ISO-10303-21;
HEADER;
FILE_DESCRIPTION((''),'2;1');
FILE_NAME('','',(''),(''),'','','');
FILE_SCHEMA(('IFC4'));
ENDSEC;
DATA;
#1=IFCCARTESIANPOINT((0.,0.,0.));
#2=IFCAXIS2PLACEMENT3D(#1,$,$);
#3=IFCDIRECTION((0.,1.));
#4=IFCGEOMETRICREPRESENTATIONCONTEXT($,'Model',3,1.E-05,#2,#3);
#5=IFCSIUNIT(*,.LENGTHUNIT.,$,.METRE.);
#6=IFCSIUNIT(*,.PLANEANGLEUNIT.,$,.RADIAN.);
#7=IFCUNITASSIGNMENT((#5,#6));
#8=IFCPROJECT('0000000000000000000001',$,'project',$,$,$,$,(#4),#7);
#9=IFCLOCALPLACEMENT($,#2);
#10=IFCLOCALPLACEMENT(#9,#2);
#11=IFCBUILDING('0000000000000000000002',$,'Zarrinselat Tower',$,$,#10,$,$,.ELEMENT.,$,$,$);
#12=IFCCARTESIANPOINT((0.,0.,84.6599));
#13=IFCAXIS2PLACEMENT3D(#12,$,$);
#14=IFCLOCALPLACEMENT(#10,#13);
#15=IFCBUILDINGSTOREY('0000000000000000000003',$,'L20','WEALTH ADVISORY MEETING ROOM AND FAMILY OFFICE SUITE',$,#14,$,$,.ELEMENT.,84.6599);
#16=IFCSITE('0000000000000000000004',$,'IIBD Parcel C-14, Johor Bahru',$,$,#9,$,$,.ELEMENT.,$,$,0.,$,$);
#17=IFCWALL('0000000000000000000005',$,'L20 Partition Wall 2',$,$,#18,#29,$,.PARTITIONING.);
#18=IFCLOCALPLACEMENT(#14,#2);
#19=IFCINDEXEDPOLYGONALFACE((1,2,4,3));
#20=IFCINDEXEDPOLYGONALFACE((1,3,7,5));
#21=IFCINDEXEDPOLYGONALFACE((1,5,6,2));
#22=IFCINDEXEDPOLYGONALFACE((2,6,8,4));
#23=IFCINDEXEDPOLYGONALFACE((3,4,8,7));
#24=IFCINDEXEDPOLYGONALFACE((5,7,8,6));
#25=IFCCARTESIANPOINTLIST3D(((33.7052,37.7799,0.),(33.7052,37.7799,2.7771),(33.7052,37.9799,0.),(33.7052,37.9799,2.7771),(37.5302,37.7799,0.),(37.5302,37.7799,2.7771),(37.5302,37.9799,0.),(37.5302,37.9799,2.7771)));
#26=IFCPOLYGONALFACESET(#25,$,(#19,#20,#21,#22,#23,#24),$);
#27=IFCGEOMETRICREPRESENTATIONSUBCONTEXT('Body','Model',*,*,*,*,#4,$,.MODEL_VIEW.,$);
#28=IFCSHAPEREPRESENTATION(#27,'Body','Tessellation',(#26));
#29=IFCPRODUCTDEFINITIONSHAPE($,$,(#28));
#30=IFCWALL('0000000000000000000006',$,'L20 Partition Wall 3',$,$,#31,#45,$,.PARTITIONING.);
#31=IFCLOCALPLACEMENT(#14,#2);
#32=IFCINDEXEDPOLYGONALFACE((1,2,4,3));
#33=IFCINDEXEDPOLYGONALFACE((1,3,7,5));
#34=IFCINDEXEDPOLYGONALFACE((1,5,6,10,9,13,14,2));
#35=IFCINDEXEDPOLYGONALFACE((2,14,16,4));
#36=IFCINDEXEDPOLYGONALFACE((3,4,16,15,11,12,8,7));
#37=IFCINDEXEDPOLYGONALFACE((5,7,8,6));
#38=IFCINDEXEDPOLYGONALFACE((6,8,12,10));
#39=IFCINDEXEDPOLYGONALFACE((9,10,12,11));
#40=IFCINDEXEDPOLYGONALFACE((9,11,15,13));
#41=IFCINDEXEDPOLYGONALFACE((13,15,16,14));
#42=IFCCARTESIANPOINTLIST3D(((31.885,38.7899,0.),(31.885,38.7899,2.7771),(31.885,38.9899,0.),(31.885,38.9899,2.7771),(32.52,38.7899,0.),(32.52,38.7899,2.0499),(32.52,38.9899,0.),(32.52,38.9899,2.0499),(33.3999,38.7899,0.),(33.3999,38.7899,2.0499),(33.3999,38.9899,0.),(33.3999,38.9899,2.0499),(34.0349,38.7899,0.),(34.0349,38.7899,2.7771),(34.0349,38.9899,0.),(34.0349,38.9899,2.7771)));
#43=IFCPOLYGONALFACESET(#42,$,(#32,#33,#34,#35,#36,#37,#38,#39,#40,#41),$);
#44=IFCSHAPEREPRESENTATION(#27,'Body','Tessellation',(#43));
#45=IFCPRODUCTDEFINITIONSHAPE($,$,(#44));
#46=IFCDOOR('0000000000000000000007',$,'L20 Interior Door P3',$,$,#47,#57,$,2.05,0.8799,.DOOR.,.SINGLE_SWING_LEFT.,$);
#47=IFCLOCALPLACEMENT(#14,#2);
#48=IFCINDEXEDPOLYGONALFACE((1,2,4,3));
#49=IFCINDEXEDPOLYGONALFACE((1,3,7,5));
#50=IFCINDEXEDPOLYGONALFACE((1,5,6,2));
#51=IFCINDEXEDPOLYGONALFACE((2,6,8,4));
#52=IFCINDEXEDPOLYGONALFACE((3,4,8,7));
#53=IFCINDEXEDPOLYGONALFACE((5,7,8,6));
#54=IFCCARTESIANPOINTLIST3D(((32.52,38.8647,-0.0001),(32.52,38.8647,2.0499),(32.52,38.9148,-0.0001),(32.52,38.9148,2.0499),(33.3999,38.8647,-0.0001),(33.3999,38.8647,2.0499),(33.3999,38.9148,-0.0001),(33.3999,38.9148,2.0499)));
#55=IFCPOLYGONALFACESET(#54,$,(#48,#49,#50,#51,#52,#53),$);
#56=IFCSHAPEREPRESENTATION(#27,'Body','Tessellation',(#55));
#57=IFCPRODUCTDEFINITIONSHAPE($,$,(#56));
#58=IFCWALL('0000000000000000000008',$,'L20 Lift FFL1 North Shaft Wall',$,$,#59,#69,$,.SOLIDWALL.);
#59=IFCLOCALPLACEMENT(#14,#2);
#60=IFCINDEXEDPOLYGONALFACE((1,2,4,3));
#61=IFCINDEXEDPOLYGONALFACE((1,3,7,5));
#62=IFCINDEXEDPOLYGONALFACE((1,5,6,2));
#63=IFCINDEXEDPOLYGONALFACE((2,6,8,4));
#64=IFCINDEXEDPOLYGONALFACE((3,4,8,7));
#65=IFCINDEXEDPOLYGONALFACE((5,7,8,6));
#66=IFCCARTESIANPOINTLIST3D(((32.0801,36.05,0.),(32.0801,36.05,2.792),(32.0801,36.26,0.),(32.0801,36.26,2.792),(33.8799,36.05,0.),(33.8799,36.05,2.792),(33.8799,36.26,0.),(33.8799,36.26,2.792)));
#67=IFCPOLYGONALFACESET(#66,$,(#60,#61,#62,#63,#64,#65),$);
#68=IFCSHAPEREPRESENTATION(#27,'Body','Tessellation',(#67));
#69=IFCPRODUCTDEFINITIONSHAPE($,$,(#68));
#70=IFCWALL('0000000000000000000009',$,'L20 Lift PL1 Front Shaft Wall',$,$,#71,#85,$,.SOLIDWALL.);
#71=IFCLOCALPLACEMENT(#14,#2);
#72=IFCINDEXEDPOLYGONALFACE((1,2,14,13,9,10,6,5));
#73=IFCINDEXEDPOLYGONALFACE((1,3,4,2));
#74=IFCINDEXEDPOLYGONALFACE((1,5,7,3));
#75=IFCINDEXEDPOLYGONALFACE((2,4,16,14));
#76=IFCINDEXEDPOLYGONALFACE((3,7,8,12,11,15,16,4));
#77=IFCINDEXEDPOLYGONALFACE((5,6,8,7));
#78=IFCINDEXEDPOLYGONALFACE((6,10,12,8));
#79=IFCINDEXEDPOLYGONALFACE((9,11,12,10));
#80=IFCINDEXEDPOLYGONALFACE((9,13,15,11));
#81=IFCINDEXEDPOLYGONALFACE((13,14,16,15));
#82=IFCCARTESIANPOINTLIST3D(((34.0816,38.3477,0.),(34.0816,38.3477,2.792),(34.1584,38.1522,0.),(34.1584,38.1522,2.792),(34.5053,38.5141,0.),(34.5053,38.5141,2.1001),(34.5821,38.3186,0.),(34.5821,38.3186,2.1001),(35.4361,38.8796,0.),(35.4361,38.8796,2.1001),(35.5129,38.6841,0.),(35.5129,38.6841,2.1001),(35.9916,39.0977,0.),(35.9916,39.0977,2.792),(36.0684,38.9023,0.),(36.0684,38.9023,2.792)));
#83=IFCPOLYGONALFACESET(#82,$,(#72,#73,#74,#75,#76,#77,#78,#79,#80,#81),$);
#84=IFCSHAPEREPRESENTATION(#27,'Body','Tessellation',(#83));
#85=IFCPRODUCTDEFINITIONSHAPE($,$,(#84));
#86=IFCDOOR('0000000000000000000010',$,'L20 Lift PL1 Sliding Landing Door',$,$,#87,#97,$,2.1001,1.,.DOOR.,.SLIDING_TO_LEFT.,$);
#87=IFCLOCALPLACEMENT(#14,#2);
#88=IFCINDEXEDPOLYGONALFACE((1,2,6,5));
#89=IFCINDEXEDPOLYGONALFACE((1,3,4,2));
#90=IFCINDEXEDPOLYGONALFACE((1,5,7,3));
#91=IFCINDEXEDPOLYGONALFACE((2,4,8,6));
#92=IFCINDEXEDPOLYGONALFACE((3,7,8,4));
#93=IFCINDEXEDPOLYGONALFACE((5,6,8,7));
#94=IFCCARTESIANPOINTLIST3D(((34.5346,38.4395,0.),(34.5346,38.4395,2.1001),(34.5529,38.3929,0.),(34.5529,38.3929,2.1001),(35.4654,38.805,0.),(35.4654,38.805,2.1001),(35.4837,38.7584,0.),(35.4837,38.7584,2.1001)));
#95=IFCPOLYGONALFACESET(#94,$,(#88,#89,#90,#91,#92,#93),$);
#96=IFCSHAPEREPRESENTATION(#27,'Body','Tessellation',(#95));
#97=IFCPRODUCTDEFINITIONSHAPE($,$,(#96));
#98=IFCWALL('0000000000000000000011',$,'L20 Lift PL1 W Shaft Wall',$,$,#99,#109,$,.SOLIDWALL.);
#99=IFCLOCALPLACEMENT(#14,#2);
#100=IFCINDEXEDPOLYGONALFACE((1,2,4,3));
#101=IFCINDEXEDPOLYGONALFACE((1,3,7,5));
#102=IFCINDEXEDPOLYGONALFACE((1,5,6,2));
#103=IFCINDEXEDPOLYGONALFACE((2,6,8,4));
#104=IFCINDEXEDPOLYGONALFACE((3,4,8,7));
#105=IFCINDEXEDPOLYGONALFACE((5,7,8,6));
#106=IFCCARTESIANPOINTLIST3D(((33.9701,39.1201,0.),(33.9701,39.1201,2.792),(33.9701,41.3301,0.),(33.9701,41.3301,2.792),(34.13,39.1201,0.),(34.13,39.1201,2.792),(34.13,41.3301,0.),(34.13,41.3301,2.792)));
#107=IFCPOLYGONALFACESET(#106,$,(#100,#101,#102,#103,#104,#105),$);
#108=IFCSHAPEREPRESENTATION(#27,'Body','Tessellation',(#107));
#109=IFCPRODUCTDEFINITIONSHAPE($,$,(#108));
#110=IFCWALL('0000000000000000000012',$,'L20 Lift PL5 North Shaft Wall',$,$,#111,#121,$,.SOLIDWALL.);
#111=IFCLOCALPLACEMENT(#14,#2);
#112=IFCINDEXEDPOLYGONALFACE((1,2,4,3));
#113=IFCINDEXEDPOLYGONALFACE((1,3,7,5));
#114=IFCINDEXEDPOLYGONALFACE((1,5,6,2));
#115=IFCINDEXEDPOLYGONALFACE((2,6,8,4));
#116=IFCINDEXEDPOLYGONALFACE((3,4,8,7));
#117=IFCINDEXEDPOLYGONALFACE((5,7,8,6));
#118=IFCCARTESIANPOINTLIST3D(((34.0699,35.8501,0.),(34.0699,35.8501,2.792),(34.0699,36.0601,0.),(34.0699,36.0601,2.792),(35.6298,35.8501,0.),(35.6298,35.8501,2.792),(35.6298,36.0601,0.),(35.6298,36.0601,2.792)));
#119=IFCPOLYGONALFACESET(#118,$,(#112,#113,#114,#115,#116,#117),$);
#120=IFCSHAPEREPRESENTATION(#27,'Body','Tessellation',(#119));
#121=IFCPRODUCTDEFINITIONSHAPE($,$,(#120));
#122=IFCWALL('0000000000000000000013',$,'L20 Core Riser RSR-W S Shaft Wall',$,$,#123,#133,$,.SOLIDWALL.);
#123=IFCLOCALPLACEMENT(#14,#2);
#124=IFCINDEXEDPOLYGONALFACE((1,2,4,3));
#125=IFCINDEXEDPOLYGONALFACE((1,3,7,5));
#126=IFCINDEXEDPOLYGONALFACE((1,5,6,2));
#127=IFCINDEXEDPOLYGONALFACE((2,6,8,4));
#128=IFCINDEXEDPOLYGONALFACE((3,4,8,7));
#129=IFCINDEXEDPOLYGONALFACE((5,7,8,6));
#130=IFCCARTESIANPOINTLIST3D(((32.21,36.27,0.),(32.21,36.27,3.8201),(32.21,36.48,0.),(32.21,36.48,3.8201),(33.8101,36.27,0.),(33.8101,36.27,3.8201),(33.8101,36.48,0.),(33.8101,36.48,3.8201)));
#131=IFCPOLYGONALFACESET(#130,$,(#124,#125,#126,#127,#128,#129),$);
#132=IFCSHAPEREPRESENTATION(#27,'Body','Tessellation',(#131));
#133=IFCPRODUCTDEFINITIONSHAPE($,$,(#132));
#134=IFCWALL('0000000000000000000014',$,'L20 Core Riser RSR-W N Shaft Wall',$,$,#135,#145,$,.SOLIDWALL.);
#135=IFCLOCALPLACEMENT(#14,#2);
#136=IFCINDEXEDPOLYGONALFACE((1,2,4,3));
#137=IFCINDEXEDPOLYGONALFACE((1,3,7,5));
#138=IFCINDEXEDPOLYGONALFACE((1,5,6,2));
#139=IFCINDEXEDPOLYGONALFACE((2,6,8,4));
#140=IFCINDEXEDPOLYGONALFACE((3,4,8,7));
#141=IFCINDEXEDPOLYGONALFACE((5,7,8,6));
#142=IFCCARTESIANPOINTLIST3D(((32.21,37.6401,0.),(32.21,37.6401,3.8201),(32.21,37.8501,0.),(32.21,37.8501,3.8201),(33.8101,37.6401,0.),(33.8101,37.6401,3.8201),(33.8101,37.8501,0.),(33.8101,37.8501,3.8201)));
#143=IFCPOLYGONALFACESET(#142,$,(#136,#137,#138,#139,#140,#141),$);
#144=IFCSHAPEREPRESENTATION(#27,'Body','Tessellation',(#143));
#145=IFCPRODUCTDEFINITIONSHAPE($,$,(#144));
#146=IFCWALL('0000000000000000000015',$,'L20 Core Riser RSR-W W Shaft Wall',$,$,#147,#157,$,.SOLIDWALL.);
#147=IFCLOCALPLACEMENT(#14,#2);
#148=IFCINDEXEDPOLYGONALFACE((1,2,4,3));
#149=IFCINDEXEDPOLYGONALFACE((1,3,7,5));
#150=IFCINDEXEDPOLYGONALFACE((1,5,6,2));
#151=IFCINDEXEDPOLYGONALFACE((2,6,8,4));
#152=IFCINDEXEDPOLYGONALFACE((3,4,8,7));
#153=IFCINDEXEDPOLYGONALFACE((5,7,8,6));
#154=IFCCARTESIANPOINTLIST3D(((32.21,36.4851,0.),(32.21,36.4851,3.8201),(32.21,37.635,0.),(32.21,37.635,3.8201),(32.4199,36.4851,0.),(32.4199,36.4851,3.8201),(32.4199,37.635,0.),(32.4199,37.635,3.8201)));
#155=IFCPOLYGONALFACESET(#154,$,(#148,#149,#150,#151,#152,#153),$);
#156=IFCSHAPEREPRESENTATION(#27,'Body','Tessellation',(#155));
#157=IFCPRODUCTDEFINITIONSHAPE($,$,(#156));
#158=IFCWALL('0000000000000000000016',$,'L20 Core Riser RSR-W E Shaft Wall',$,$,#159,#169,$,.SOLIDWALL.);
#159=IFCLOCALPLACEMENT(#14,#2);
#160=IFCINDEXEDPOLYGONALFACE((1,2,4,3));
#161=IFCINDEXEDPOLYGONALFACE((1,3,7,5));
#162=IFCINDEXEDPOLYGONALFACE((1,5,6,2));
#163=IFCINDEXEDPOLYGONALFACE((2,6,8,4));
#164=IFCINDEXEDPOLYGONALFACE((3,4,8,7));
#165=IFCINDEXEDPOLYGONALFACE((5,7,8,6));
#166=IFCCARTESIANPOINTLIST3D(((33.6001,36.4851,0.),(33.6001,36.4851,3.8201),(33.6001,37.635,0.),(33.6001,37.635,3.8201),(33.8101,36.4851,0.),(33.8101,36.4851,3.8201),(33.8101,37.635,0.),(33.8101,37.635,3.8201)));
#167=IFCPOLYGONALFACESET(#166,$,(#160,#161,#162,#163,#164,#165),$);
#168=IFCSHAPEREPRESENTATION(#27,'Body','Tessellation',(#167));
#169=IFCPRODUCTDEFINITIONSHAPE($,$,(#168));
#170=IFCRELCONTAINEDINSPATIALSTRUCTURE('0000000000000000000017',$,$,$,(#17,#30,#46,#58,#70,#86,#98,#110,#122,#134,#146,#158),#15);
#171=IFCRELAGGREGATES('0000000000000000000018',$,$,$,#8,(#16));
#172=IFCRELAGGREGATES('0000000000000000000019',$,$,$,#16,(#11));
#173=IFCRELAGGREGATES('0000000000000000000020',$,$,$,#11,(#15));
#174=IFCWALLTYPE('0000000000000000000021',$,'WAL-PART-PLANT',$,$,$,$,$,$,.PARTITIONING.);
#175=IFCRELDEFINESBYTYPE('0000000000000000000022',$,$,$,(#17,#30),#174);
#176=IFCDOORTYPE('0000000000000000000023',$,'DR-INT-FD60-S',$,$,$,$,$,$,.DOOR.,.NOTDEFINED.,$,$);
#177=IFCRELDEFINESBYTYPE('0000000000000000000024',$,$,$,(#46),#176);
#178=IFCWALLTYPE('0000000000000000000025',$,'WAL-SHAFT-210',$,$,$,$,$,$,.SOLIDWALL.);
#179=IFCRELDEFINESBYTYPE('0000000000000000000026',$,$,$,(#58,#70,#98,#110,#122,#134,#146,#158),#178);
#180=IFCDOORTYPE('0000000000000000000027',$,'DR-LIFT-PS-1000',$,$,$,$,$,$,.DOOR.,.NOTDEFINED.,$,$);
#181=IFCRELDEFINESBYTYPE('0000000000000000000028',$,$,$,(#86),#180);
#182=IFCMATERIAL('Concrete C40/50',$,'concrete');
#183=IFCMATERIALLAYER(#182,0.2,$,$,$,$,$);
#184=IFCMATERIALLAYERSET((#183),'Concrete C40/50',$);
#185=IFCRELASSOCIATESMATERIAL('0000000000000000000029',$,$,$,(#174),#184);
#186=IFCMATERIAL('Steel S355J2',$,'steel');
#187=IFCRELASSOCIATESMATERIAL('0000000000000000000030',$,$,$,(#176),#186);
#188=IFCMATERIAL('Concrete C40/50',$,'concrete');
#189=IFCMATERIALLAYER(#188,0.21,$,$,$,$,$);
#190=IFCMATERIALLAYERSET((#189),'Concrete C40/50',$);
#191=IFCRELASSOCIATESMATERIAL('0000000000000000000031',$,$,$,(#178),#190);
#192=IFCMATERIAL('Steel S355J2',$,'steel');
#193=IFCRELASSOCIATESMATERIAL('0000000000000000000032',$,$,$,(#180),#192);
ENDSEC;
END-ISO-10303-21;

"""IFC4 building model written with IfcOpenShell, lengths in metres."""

from ifc_helpers import new_model, si_unit, direction, frame, frame_2d, origin, place, context, subcontext, project, spatial, rectangle, extrude, material, layer, layer_set, type_object, element, fill, save


model = new_model("IFC4")

# Units and contexts
model_context = context("Model", 3, precision=1e-05, world=origin(), true_north=direction((0.0, 1.0)))
body_context = subcontext(model_context, "Body", "Model", "MODEL_VIEW")
ifc_project = project(units=[si_unit("LENGTHUNIT", "METRE"), si_unit("PLANEANGLEUNIT", "RADIAN")], contexts=[model_context])

# Site, building, storey
site_placement = place(None, origin())
site = spatial("IfcSite", under=ifc_project, at=site_placement, Name="IIBD Parcel C-14, Johor Bahru", CompositionType="ELEMENT", RefElevation=0.0)
building_placement = place(site_placement, origin())
building = spatial("IfcBuilding", under=site, at=building_placement, Name="Zarrinselat Tower", CompositionType="ELEMENT")
storey_placement = place(building_placement, frame((0.0, 0.0, 84.6599)))
storey = spatial("IfcBuildingStorey", under=building, at=storey_placement, Name="L20", Description="WEALTH ADVISORY MEETING ROOM AND FAMILY OFFICE SUITE", CompositionType="ELEMENT", Elevation=84.6599)

# Wall
ifc_material_1 = material(Name="Concrete C40/50", Category="concrete")
ifc_layer_1 = layer(ifc_material_1, 0.2)
ifc_layer_set_1 = layer_set([ifc_layer_1], Name="Concrete C40/50")
wall_type_1 = type_object("IfcWallType", Name="WAL-PART-PLANT", PredefinedType="PARTITIONING", material=ifc_layer_set_1)
wall_1_placement = place(storey_placement, frame((33.7051, 37.8799, 0.0), z_axis=(0.0, 0.0, 1.0), x_axis=(1.0, 0.0, 0.0)))
element("IfcWall", 1, at=wall_1_placement, inside=storey, type_object=wall_type_1, Name="L20 Partition Wall 2", PredefinedType="PARTITIONING", context=body_context, shape_type="SweptSolid", body=[
    extrude(rectangle(XDim=3.825, YDim=0.2, at=frame_2d((1.9126, 0.0))), origin(), (0.0, 0.0, 1.0), 2.7771),
])

# Wall, opening, door
wall_2_placement = place(storey_placement, frame((31.885, 38.8899, 0.0), z_axis=(0.0, 0.0, 1.0), x_axis=(1.0, 0.0, 0.0)))
wall_2 = element("IfcWall", 2, at=wall_2_placement, inside=storey, type_object=wall_type_1, Name="L20 Partition Wall 3", PredefinedType="PARTITIONING", context=body_context, shape_type="SweptSolid", body=[
    extrude(rectangle(XDim=2.1499, YDim=0.2, at=frame_2d((1.075, 0.0))), origin(), (0.0, 0.0, 1.0), 2.7771),
])
opening_1_placement = place(wall_2_placement, frame((0.635, 0.0, 0.0)))
opening_1 = element("IfcOpeningElement", 3, at=opening_1_placement, cuts=wall_2, PredefinedType="OPENING", context=body_context, shape_type="SweptSolid", body=[
    extrude(rectangle(XDim=0.8799, YDim=2.05, at=frame_2d((0.4399, 1.0249))), frame((0.0, 0.1099, 0.0), z_axis=(0.0, -1.0, 0.0), x_axis=(1.0, 0.0, 0.0)), (0.0, 0.0, 1.0), 0.22),
])
ifc_material_2 = material(Name="Steel S355J2", Category="steel")
door_type_1 = type_object("IfcDoorType", Name="DR-INT-FD60-S", OperationType="NOTDEFINED", PredefinedType="DOOR", material=ifc_material_2)
door_1_placement = place(opening_1_placement, origin())
door_1 = element("IfcDoor", 4, at=door_1_placement, inside=storey, type_object=door_type_1, Name="L20 Interior Door P3", OperationType="SINGLE_SWING_LEFT", OverallHeight=2.05, OverallWidth=0.8799, PredefinedType="DOOR", context=body_context, shape_type="SweptSolid", body=[
    extrude(rectangle(XDim=0.8799, YDim=2.05, at=frame_2d((0.4399, 1.0249))), frame((0.0, 0.0249, 0.0), z_axis=(0.0, -1.0, 0.0), x_axis=(1.0, 0.0, 0.0)), (0.0, 0.0, 1.0), 0.05),
])
fill(opening_1, door_1)

# Wall
ifc_material_3 = material(Name="Concrete C40/50", Category="concrete")
ifc_layer_2 = layer(ifc_material_3, 0.21)
ifc_layer_set_2 = layer_set([ifc_layer_2], Name="Concrete C40/50")
wall_type_2 = type_object("IfcWallType", Name="WAL-SHAFT-210", PredefinedType="SOLIDWALL", material=ifc_layer_set_2)
wall_3_placement = place(storey_placement, frame((32.0801, 36.155, 0.0), z_axis=(0.0, 0.0, 1.0), x_axis=(1.0, 0.0, 0.0)))
element("IfcWall", 5, at=wall_3_placement, inside=storey, type_object=wall_type_2, Name="L20 Lift FFL1 North Shaft Wall", PredefinedType="SOLIDWALL", context=body_context, shape_type="SweptSolid", body=[
    extrude(rectangle(XDim=1.7998, YDim=0.21, at=frame_2d((0.8999, 0.0))), origin(), (0.0, 0.0, 1.0), 2.792),
])

# Wall, opening, door
wall_4_placement = place(storey_placement, frame((34.1201, 38.25, 0.0), z_axis=(0.0, 0.0, 1.0), x_axis=(0.930805, 0.365516, 0.0)))
wall_4 = element("IfcWall", 6, at=wall_4_placement, inside=storey, type_object=wall_type_2, Name="L20 Lift PL1 Front Shaft Wall", PredefinedType="SOLIDWALL", context=body_context, shape_type="SweptSolid", body=[
    extrude(rectangle(XDim=2.052, YDim=0.21, at=frame_2d((1.0259, 0.0))), origin(), (0.0, 0.0, 1.0), 2.792),
])
opening_2_placement = place(wall_4_placement, frame((0.4551, 0.0, 0.0)))
opening_2 = element("IfcOpeningElement", 7, at=opening_2_placement, cuts=wall_4, PredefinedType="OPENING", context=body_context, shape_type="SweptSolid", body=[
    extrude(rectangle(XDim=1.0, YDim=2.1001, at=frame_2d((0.5, 1.05))), frame((0.0, 0.115, 0.0), z_axis=(0.0, -1.0, 0.0), x_axis=(1.0, 0.0, 0.0)), (0.0, 0.0, 1.0), 0.23),
])
ifc_material_4 = material(Name="Steel S355J2", Category="steel")
door_type_2 = type_object("IfcDoorType", Name="DR-LIFT-PS-1000", OperationType="NOTDEFINED", PredefinedType="DOOR", material=ifc_material_4)
door_2_placement = place(opening_2_placement, origin())
door_2 = element("IfcDoor", 8, at=door_2_placement, inside=storey, type_object=door_type_2, Name="L20 Lift PL1 Sliding Landing Door", OperationType="SLIDING_TO_LEFT", OverallHeight=2.1001, OverallWidth=1.0, PredefinedType="DOOR", context=body_context, shape_type="SweptSolid", body=[
    extrude(rectangle(XDim=1.0, YDim=2.1001, at=frame_2d((0.5, 1.05))), frame((0.0, 0.0249, 0.0), z_axis=(0.0, -1.0, 0.0), x_axis=(1.0, 0.0, 0.0)), (0.0, 0.0, 1.0), 0.05),
])
fill(opening_2, door_2)

# Walls
wall_5_placement = place(storey_placement, frame((34.05, 39.1201, 0.0), z_axis=(0.0, 0.0, 1.0), x_axis=(0.0, 1.0, 0.0)))
element("IfcWall", 9, at=wall_5_placement, inside=storey, type_object=wall_type_2, Name="L20 Lift PL1 W Shaft Wall", PredefinedType="SOLIDWALL", context=body_context, shape_type="SweptSolid", body=[
    extrude(rectangle(XDim=2.21, YDim=0.1599, at=frame_2d((1.105, 0.0))), origin(), (0.0, 0.0, 1.0), 2.792),
])
wall_6_placement = place(storey_placement, frame((34.0701, 35.9551, 0.0), z_axis=(0.0, 0.0, 1.0), x_axis=(1.0, 0.0, 0.0)))
element("IfcWall", 10, at=wall_6_placement, inside=storey, type_object=wall_type_2, Name="L20 Lift PL5 North Shaft Wall", PredefinedType="SOLIDWALL", context=body_context, shape_type="SweptSolid", body=[
    extrude(rectangle(XDim=1.5598, YDim=0.21, at=frame_2d((0.7798, 0.0))), origin(), (0.0, 0.0, 1.0), 2.792),
])
for number, where, z_axis, x_axis, name in (
    (11, (32.21, 36.375, 0.0), (0.0, 0.0, 1.0), (1.0, 0.0, 0.0), "L20 Core Riser RSR-W S Shaft Wall"),
    (12, (32.21, 37.7451, 0.0), (0.0, 0.0, 1.0), (1.0, 0.0, 0.0), "L20 Core Riser RSR-W N Shaft Wall"),
):
    element("IfcWall", number, at=place(storey_placement, frame(where, z_axis=z_axis, x_axis=x_axis)), inside=storey, type_object=wall_type_2, Name=name, PredefinedType="SOLIDWALL", context=body_context, shape_type="SweptSolid", body=[
        extrude(rectangle(XDim=1.6001, YDim=0.21, at=frame_2d((0.8, 0.0))), origin(), (0.0, 0.0, 1.0), 3.8201),
    ])
for number, where, z_axis, x_axis, name in (
    (13, (32.3149, 36.4851, 0.0), (0.0, 0.0, 1.0), (0.0, 1.0, 0.0), "L20 Core Riser RSR-W W Shaft Wall"),
    (14, (33.7051, 36.4851, 0.0), (0.0, 0.0, 1.0), (0.0, 1.0, 0.0), "L20 Core Riser RSR-W E Shaft Wall"),
):
    element("IfcWall", number, at=place(storey_placement, frame(where, z_axis=z_axis, x_axis=x_axis)), inside=storey, type_object=wall_type_2, Name=name, PredefinedType="SOLIDWALL", context=body_context, shape_type="SweptSolid", body=[
        extrude(rectangle(XDim=1.1499, YDim=0.21, at=frame_2d((0.575, 0.0))), origin(), (0.0, 0.0, 1.0), 3.8201),
    ])

save(model, "model.ifc")
